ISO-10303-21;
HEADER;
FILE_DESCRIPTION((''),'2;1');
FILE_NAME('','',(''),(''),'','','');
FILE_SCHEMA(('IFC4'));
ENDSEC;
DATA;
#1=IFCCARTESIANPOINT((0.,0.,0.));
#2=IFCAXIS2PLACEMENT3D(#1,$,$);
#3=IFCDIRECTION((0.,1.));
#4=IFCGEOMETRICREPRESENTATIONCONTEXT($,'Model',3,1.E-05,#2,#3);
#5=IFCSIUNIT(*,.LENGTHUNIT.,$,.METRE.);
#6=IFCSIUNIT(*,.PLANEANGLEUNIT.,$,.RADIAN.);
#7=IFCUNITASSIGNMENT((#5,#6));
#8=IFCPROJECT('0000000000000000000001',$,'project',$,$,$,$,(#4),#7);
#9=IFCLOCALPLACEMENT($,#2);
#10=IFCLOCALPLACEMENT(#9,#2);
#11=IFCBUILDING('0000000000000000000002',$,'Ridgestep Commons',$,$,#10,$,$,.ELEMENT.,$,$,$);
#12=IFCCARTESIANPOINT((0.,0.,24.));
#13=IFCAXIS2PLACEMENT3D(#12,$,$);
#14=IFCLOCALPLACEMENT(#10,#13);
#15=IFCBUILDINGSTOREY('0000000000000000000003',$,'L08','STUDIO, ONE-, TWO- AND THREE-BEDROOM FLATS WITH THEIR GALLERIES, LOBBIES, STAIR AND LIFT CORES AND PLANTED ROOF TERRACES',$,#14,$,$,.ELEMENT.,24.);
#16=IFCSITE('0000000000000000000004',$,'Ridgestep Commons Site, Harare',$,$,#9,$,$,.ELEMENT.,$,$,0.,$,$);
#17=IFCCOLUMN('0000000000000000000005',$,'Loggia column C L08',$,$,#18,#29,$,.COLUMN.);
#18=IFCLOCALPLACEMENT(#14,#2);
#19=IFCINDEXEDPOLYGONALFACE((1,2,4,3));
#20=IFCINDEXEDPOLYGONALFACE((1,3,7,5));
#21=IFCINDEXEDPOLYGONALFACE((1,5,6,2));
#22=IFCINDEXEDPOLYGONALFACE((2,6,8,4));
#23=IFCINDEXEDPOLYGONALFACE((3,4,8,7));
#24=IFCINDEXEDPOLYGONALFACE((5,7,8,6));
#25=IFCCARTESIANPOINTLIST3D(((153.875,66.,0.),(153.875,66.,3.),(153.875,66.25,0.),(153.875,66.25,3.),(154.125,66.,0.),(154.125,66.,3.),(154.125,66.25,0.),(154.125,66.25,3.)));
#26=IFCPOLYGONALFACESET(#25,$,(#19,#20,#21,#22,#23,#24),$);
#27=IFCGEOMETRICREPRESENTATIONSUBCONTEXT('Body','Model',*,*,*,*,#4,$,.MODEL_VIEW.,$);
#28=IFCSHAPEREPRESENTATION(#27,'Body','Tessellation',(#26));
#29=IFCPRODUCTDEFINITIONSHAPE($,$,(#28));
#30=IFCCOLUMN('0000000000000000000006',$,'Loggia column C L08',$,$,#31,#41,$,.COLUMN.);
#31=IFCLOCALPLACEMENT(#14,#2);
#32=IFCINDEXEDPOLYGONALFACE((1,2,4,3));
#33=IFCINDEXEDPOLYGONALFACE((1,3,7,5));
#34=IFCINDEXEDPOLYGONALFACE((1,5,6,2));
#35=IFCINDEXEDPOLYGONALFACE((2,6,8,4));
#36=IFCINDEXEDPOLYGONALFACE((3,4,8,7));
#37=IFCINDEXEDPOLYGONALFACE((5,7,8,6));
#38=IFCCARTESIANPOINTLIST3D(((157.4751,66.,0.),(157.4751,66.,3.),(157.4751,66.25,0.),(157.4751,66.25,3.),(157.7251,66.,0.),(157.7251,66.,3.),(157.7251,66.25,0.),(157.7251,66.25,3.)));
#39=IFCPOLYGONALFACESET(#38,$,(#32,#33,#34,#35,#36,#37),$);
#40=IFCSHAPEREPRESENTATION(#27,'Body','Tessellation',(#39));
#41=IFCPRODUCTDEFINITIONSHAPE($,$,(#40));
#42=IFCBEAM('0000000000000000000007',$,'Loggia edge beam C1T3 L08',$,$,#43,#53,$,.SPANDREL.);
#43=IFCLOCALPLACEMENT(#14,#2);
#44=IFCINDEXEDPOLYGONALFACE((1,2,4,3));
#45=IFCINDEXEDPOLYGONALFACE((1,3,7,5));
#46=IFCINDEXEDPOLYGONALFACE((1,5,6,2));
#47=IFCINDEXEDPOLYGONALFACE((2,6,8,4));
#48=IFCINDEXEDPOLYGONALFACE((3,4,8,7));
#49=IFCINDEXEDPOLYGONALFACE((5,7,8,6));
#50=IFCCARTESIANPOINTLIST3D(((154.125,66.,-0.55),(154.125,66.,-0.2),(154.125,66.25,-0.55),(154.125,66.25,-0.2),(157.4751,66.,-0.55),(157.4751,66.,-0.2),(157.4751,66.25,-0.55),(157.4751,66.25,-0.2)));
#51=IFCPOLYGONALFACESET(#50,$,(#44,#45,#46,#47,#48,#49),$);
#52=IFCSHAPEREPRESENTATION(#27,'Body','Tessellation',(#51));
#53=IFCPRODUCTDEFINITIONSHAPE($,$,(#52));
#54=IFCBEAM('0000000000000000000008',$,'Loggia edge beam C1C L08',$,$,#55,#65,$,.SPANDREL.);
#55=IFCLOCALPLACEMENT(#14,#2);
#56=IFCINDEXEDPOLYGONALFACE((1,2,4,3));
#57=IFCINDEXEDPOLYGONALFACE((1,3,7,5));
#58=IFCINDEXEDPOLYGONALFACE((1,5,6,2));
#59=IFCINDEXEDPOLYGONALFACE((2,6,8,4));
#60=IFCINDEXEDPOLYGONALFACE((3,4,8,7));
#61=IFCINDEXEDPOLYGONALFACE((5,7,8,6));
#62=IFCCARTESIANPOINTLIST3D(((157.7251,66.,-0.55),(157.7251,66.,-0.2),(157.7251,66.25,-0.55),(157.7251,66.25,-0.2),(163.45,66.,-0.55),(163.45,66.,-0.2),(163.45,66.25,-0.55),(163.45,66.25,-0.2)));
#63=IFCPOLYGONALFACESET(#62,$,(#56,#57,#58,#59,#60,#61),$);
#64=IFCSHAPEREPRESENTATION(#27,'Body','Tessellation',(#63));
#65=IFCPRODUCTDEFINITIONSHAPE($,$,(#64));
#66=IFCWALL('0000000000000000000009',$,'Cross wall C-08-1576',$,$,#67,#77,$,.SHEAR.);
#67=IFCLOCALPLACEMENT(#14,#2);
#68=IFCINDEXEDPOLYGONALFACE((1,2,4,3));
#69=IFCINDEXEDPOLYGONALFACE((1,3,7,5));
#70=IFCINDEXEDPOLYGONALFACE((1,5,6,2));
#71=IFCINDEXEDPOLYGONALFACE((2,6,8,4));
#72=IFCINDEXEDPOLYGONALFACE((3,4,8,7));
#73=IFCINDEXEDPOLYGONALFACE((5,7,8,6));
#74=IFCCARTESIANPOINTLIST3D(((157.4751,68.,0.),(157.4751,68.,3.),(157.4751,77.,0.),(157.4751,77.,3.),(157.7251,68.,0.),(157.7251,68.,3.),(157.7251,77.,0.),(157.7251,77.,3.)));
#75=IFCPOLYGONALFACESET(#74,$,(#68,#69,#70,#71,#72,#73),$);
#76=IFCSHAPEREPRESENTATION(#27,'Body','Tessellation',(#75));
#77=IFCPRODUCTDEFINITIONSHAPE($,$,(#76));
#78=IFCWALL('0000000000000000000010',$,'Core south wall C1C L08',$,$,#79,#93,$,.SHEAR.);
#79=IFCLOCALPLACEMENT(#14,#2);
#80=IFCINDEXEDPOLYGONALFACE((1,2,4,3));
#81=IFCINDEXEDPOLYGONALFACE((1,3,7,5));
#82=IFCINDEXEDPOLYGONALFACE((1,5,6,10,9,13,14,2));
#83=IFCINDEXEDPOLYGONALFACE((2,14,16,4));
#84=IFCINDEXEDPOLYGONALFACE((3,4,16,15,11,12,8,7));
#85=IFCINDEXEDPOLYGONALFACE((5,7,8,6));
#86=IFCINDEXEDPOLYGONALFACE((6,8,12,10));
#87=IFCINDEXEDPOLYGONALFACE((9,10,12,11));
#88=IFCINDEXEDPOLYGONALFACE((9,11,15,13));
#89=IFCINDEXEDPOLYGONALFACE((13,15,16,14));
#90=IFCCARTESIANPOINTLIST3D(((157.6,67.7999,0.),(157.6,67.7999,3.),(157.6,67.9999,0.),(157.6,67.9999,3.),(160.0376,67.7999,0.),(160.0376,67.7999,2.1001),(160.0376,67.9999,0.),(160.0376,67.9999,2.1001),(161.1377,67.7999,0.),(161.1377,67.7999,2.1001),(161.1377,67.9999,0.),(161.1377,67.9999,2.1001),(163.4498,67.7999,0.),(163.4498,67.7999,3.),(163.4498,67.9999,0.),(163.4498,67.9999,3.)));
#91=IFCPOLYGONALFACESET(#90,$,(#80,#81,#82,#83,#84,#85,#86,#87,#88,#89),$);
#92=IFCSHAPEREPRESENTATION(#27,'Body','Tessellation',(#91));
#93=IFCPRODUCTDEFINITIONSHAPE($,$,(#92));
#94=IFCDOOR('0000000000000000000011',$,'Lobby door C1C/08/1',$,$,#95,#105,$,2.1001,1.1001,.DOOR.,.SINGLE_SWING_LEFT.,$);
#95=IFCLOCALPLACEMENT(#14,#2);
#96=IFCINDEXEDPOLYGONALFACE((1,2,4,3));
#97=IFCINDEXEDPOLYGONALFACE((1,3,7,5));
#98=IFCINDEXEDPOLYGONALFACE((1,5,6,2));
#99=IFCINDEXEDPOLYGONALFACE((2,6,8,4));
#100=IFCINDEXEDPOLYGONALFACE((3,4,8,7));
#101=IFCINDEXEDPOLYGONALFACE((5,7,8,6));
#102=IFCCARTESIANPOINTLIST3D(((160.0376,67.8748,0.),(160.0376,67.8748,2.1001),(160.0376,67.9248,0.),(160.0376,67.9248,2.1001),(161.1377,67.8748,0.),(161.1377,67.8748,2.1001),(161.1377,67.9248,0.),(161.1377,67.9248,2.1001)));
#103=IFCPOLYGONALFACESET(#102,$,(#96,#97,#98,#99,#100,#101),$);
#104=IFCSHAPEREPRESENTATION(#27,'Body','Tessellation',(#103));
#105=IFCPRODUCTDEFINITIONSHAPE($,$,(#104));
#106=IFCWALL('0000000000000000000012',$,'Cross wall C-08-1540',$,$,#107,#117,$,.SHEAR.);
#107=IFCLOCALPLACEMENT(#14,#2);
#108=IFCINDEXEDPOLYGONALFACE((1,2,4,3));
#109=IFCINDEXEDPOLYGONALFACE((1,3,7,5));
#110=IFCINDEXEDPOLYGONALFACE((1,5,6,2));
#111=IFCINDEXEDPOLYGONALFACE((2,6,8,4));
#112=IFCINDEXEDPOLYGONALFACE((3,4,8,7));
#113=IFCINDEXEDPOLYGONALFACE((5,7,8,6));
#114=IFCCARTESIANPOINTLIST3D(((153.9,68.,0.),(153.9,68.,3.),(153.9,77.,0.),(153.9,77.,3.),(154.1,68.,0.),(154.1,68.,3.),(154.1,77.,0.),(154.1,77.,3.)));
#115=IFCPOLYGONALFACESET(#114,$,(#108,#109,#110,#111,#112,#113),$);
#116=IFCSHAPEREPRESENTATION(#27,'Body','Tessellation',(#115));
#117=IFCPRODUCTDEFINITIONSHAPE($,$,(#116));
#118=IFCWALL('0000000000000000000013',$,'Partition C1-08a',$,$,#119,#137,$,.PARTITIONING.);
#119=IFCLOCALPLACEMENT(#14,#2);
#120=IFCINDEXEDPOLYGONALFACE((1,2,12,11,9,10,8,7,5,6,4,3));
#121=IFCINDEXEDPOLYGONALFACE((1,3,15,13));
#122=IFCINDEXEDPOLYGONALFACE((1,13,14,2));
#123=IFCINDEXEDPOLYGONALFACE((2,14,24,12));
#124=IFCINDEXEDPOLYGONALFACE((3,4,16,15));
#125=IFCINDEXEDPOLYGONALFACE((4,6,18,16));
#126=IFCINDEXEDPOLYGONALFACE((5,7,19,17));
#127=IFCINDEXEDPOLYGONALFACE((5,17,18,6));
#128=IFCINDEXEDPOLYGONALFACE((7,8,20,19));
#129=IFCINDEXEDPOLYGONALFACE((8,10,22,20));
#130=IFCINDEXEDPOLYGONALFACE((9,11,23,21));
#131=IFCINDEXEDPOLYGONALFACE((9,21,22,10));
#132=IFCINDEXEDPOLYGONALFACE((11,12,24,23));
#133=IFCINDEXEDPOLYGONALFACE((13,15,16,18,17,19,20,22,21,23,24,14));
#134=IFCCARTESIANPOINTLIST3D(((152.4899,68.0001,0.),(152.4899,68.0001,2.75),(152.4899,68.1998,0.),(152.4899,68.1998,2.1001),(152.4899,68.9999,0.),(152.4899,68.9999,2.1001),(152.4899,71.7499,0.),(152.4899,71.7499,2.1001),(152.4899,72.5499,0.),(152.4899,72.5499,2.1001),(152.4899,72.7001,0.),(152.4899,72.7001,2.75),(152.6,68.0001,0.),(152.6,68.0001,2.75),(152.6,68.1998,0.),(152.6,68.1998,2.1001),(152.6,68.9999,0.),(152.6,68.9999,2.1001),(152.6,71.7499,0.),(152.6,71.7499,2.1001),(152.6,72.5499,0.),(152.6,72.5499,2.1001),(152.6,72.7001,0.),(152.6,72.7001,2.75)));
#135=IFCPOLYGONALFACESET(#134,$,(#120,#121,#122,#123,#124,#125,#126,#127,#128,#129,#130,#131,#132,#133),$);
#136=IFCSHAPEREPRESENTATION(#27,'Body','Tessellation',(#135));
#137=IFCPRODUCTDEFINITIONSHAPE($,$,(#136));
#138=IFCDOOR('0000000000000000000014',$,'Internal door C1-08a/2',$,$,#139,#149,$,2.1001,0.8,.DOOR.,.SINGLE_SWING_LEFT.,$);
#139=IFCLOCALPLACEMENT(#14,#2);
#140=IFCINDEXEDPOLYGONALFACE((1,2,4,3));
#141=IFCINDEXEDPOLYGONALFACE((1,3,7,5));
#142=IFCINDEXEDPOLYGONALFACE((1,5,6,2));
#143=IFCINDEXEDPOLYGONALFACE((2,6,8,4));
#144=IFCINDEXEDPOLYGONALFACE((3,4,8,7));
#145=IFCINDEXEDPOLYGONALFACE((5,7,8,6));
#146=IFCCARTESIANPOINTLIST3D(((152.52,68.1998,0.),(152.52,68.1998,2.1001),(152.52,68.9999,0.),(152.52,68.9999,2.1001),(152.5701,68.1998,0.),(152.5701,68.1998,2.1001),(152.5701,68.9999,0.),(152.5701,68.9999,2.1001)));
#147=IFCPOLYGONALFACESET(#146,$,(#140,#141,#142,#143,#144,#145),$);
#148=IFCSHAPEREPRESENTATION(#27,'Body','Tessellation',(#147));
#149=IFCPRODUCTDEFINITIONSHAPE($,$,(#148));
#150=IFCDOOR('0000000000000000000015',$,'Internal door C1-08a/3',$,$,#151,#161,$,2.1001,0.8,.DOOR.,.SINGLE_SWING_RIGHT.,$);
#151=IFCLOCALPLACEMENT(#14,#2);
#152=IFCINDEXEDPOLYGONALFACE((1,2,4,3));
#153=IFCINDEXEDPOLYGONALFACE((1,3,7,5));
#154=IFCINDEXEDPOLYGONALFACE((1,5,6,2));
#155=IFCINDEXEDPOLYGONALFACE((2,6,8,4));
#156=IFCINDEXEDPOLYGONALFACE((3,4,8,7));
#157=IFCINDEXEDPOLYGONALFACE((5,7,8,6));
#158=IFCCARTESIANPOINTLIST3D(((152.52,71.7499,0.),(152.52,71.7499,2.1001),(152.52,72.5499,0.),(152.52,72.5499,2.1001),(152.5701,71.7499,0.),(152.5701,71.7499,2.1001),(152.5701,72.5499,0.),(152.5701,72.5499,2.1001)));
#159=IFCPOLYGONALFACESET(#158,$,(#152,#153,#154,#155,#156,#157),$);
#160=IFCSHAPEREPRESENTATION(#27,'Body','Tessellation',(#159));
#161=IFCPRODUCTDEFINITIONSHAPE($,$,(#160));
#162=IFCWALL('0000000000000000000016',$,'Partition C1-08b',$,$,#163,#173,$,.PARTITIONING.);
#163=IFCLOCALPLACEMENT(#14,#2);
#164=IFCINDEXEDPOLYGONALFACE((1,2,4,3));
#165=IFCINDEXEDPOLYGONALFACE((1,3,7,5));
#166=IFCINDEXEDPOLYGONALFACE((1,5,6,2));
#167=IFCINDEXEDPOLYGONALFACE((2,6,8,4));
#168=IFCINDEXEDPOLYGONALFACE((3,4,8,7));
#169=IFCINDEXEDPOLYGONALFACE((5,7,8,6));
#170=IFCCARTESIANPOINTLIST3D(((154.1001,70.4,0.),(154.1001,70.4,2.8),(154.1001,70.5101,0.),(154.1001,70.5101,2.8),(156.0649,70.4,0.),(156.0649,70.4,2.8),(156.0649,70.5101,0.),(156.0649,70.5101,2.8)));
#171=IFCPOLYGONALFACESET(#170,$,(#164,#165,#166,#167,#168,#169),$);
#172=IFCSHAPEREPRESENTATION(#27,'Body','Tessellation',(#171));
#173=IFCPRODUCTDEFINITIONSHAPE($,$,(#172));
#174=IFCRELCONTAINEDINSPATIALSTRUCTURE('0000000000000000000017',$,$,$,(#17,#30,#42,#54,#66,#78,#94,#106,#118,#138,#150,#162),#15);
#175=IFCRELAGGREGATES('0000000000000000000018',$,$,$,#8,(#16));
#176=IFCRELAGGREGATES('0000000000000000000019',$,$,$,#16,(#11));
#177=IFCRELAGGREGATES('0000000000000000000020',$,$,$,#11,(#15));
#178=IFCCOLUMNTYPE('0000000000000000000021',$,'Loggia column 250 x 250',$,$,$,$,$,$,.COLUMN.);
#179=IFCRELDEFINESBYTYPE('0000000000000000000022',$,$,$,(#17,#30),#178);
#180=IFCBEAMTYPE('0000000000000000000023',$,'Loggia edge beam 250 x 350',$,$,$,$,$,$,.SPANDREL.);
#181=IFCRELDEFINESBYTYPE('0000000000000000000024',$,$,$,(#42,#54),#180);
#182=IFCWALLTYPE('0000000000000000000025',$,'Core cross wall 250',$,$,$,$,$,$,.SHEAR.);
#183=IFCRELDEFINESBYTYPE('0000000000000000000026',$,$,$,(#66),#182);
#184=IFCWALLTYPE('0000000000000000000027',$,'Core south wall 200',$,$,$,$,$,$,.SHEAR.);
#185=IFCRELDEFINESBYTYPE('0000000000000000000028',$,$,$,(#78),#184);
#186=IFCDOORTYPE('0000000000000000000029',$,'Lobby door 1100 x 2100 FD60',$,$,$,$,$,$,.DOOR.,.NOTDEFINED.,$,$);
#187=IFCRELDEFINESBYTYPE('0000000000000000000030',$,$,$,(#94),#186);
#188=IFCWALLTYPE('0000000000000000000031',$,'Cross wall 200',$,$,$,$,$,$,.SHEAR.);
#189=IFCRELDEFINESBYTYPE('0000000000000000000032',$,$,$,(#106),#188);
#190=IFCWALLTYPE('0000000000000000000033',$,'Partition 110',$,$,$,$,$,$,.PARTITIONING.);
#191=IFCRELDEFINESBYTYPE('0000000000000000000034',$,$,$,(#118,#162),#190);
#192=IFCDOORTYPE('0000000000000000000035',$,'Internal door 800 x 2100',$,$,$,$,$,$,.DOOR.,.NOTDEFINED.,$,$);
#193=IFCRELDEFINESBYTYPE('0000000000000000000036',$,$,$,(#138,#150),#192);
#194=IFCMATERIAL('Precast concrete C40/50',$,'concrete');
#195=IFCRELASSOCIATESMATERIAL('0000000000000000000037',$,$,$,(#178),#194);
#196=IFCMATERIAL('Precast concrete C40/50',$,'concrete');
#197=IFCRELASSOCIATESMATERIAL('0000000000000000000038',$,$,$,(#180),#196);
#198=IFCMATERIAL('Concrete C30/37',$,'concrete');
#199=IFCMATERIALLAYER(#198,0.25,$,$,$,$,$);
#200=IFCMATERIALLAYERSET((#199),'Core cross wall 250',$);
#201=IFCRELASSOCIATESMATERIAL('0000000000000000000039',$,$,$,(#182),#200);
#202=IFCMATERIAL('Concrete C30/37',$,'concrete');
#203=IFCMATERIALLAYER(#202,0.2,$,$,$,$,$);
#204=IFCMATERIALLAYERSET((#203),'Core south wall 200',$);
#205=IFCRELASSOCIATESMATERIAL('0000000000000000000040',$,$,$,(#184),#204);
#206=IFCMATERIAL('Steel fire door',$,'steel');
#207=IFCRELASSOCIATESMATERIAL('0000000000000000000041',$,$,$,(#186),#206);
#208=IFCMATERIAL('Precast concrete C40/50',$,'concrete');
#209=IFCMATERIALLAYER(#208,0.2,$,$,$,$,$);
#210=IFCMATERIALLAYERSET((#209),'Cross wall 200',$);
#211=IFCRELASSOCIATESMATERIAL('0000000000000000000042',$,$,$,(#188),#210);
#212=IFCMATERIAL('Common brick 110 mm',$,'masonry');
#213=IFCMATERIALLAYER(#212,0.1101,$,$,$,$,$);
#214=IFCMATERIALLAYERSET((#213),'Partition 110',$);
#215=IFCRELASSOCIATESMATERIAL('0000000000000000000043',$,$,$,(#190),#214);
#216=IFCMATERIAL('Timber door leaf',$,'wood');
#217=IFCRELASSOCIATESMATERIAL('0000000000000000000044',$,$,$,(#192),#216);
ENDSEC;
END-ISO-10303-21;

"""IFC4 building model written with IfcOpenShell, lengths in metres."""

from ifc_helpers import new_model, si_unit, direction, frame, frame_2d, origin, origin_2d, place, context, subcontext, project, spatial, rectangle, extrude, material, layer, layer_set, material_profile, profile_set, type_object, element, fill, save


model = new_model("IFC4")

# Units and contexts
model_context = context("Model", 3, precision=1e-05, world=origin(), true_north=direction((0.0, 1.0)))
body_context = subcontext(model_context, "Body", "Model", "MODEL_VIEW")
ifc_project = project(units=[si_unit("LENGTHUNIT", "METRE"), si_unit("PLANEANGLEUNIT", "RADIAN")], contexts=[model_context])

# Site, building, storey
site_placement = place(None, origin())
site = spatial("IfcSite", under=ifc_project, at=site_placement, Name="Ridgestep Commons Site, Harare", CompositionType="ELEMENT", RefElevation=0.0)
building_placement = place(site_placement, origin())
building = spatial("IfcBuilding", under=site, at=building_placement, Name="Ridgestep Commons", CompositionType="ELEMENT")
storey_placement = place(building_placement, frame((0.0, 0.0, 24.0)))
storey = spatial("IfcBuildingStorey", under=building, at=storey_placement, Name="L08", Description="STUDIO, ONE-, TWO- AND THREE-BEDROOM FLATS WITH THEIR GALLERIES, LOBBIES, STAIR AND LIFT CORES AND PLANTED ROOF TERRACES", CompositionType="ELEMENT", Elevation=24.0)

# Columns
ifc_material_1 = material(Name="Precast concrete C40/50", Category="concrete")
ifc_material_profile_1 = material_profile(ifc_material_1, rectangle(XDim=0.25, YDim=0.25, at=origin_2d()), Name="PC 250x250")
ifc_profile_set_1 = profile_set([ifc_material_profile_1], Name="Precast concrete C40/50")
column_type = type_object("IfcColumnType", Name="Loggia column 250 x 250", PredefinedType="COLUMN", material=ifc_profile_set_1)
for number, where, z_axis, x_axis, name in (
    (1, (154.0, 66.125, 0.0), (0.0, 0.0, 1.0), (1.0, 0.0, 0.0), "Loggia column C L08"),
    (2, (157.6001, 66.125, 0.0), (0.0, 0.0, 1.0), (1.0, 0.0, 0.0), "Loggia column C L08"),
):
    element("IfcColumn", number, at=place(storey_placement, frame(where, z_axis=z_axis, x_axis=x_axis)), inside=storey, type_object=column_type, Name=name, PredefinedType="COLUMN", context=body_context, shape_type="SweptSolid", body=[
        extrude(rectangle(XDim=0.25, YDim=0.25, at=origin_2d()), origin(), (0.0, 0.0, 1.0), 3.0),
    ])

# Beams
ifc_material_2 = material(Name="Precast concrete C40/50", Category="concrete")
ifc_material_profile_2 = material_profile(ifc_material_2, rectangle(XDim=0.25, YDim=0.3501, at=origin_2d()), Name="PC 250x350")
ifc_profile_set_2 = profile_set([ifc_material_profile_2], Name="Precast concrete C40/50")
beam_type = type_object("IfcBeamType", Name="Loggia edge beam 250 x 350", PredefinedType="SPANDREL", material=ifc_profile_set_2)
beam_1_placement = place(storey_placement, frame((154.125, 66.125, -0.375), z_axis=(1.0, 0.0, 0.0), x_axis=(0.0, 1.0, 0.0)))
element("IfcBeam", 3, at=beam_1_placement, inside=storey, type_object=beam_type, Name="Loggia edge beam C1T3 L08", PredefinedType="SPANDREL", context=body_context, shape_type="SweptSolid", body=[
    extrude(rectangle(XDim=0.25, YDim=0.3501, at=origin_2d()), origin(), (0.0, 0.0, 1.0), 3.3501),
])
beam_2_placement = place(storey_placement, frame((157.7251, 66.125, -0.375), z_axis=(1.0, 0.0, 0.0), x_axis=(0.0, 1.0, 0.0)))
element("IfcBeam", 4, at=beam_2_placement, inside=storey, type_object=beam_type, Name="Loggia edge beam C1C L08", PredefinedType="SPANDREL", context=body_context, shape_type="SweptSolid", body=[
    extrude(rectangle(XDim=0.25, YDim=0.3501, at=origin_2d()), origin(), (0.0, 0.0, 1.0), 5.7249),
])

# Wall
ifc_material_3 = material(Name="Concrete C30/37", Category="concrete")
ifc_layer_1 = layer(ifc_material_3, 0.25)
ifc_layer_set_1 = layer_set([ifc_layer_1], Name="Core cross wall 250")
wall_type_1 = type_object("IfcWallType", Name="Core cross wall 250", PredefinedType="SHEAR", material=ifc_layer_set_1)
wall_1_placement = place(storey_placement, frame((157.6001, 68.0, 0.0), z_axis=(0.0, 0.0, 1.0), x_axis=(0.0, 1.0, 0.0)))
element("IfcWall", 5, at=wall_1_placement, inside=storey, type_object=wall_type_1, Name="Cross wall C-08-1576", PredefinedType="SHEAR", context=body_context, shape_type="SweptSolid", body=[
    extrude(rectangle(XDim=9.0, YDim=0.25, at=frame_2d((4.5, 0.0))), origin(), (0.0, 0.0, 1.0), 3.0),
])

# Wall, opening, door
ifc_material_4 = material(Name="Concrete C30/37", Category="concrete")
ifc_layer_2 = layer(ifc_material_4, 0.2)
ifc_layer_set_2 = layer_set([ifc_layer_2], Name="Core south wall 200")
wall_type_2 = type_object("IfcWallType", Name="Core south wall 200", PredefinedType="SHEAR", material=ifc_layer_set_2)
wall_2_placement = place(storey_placement, frame((157.6001, 67.8999, 0.0), z_axis=(0.0, 0.0, 1.0), x_axis=(1.0, 0.0, 0.0)))
wall_2 = element("IfcWall", 6, at=wall_2_placement, inside=storey, type_object=wall_type_2, Name="Core south wall C1C L08", PredefinedType="SHEAR", context=body_context, shape_type="SweptSolid", body=[
    extrude(rectangle(XDim=5.8499, YDim=0.2, at=frame_2d((2.9248, 0.0))), origin(), (0.0, 0.0, 1.0), 3.0),
])
opening_1_placement = place(wall_2_placement, frame((2.4375, 0.0, 0.0)))
opening_1 = element("IfcOpeningElement", 7, at=opening_1_placement, cuts=wall_2, PredefinedType="OPENING", context=body_context, shape_type="SweptSolid", body=[
    extrude(rectangle(XDim=1.1001, YDim=2.1001, at=frame_2d((0.55, 1.05))), frame((0.0, 0.1099, 0.0), z_axis=(0.0, -1.0, 0.0), x_axis=(1.0, 0.0, 0.0)), (0.0, 0.0, 1.0), 0.22),
])
ifc_material_5 = material(Name="Steel fire door", Category="steel")
door_type_1 = type_object("IfcDoorType", Name="Lobby door 1100 x 2100 FD60", OperationType="NOTDEFINED", PredefinedType="DOOR", material=ifc_material_5)
door_1_placement = place(opening_1_placement, origin())
door_1 = element("IfcDoor", 8, at=door_1_placement, inside=storey, type_object=door_type_1, Name="Lobby door C1C/08/1", OperationType="SINGLE_SWING_LEFT", OverallHeight=2.1001, OverallWidth=1.1001, PredefinedType="DOOR", context=body_context, shape_type="SweptSolid", body=[
    extrude(rectangle(XDim=1.1001, YDim=2.1001, at=frame_2d((0.55, 1.05))), frame((0.0, 0.0249, 0.0), z_axis=(0.0, -1.0, 0.0), x_axis=(1.0, 0.0, 0.0)), (0.0, 0.0, 1.0), 0.05),
])
fill(opening_1, door_1)

# Wall
ifc_material_6 = material(Name="Precast concrete C40/50", Category="concrete")
ifc_layer_3 = layer(ifc_material_6, 0.2)
ifc_layer_set_3 = layer_set([ifc_layer_3], Name="Cross wall 200")
wall_type_3 = type_object("IfcWallType", Name="Cross wall 200", PredefinedType="SHEAR", material=ifc_layer_set_3)
wall_3_placement = place(storey_placement, frame((154.0, 68.0, 0.0), z_axis=(0.0, 0.0, 1.0), x_axis=(0.0, 1.0, 0.0)))
element("IfcWall", 9, at=wall_3_placement, inside=storey, type_object=wall_type_3, Name="Cross wall C-08-1540", PredefinedType="SHEAR", context=body_context, shape_type="SweptSolid", body=[
    extrude(rectangle(XDim=9.0, YDim=0.2, at=frame_2d((4.5, 0.0))), origin(), (0.0, 0.0, 1.0), 3.0),
])

# Wall, openings, doors
ifc_material_7 = material(Name="Common brick 110 mm", Category="masonry")
ifc_layer_4 = layer(ifc_material_7, 0.1101)
ifc_layer_set_4 = layer_set([ifc_layer_4], Name="Partition 110")
wall_type_4 = type_object("IfcWallType", Name="Partition 110", PredefinedType="PARTITIONING", material=ifc_layer_set_4)
wall_4_placement = place(storey_placement, frame((152.5449, 68.0, 0.0), z_axis=(0.0, 0.0, 1.0), x_axis=(0.0, 1.0, 0.0)))
wall_4 = element("IfcWall", 10, at=wall_4_placement, inside=storey, type_object=wall_type_4, Name="Partition C1-08a", PredefinedType="PARTITIONING", context=body_context, shape_type="SweptSolid", body=[
    extrude(rectangle(XDim=4.7, YDim=0.1101, at=frame_2d((2.3501, 0.0))), origin(), (0.0, 0.0, 1.0), 2.75),
])
opening_2_placement = place(wall_4_placement, frame((0.2, 0.0, 0.0)))
opening_2 = element("IfcOpeningElement", 11, at=opening_2_placement, cuts=wall_4, PredefinedType="OPENING", context=body_context, shape_type="SweptSolid", body=[
    extrude(rectangle(XDim=0.8, YDim=2.1001, at=frame_2d((0.3999, 1.05))), frame((0.0, 0.0649, 0.0), z_axis=(0.0, -1.0, 0.0), x_axis=(1.0, 0.0, 0.0)), (0.0, 0.0, 1.0), 0.1301),
])
opening_3_placement = place(wall_4_placement, frame((3.75, 0.0, 0.0)))
opening_3 = element("IfcOpeningElement", 12, at=opening_3_placement, cuts=wall_4, PredefinedType="OPENING", context=body_context, shape_type="SweptSolid", body=[
    extrude(rectangle(XDim=0.8, YDim=2.1001, at=frame_2d((0.3999, 1.05))), frame((0.0, 0.0649, 0.0), z_axis=(0.0, -1.0, 0.0), x_axis=(1.0, 0.0, 0.0)), (0.0, 0.0, 1.0), 0.1301),
])
ifc_material_8 = material(Name="Timber door leaf", Category="wood")
door_type_2 = type_object("IfcDoorType", Name="Internal door 800 x 2100", OperationType="NOTDEFINED", PredefinedType="DOOR", material=ifc_material_8)
door_2_placement = place(opening_2_placement, origin())
door_2 = element("IfcDoor", 13, at=door_2_placement, inside=storey, type_object=door_type_2, Name="Internal door C1-08a/2", OperationType="SINGLE_SWING_LEFT", OverallHeight=2.1001, OverallWidth=0.8, PredefinedType="DOOR", context=body_context, shape_type="SweptSolid", body=[
    extrude(rectangle(XDim=0.8, YDim=2.1001, at=frame_2d((0.3999, 1.05))), frame((0.0, 0.0249, 0.0), z_axis=(0.0, -1.0, 0.0), x_axis=(1.0, 0.0, 0.0)), (0.0, 0.0, 1.0), 0.05),
])
fill(opening_2, door_2)
door_3_placement = place(opening_3_placement, origin())
door_3 = element("IfcDoor", 14, at=door_3_placement, inside=storey, type_object=door_type_2, Name="Internal door C1-08a/3", OperationType="SINGLE_SWING_RIGHT", OverallHeight=2.1001, OverallWidth=0.8, PredefinedType="DOOR", context=body_context, shape_type="SweptSolid", body=[
    extrude(rectangle(XDim=0.8, YDim=2.1001, at=frame_2d((0.3999, 1.05))), frame((0.0, 0.0249, 0.0), z_axis=(0.0, -1.0, 0.0), x_axis=(1.0, 0.0, 0.0)), (0.0, 0.0, 1.0), 0.05),
])
fill(opening_3, door_3)

# Wall
wall_5_placement = place(storey_placement, frame((154.1001, 70.4551, 0.0), z_axis=(0.0, 0.0, 1.0), x_axis=(1.0, 0.0, 0.0)))
element("IfcWall", 15, at=wall_5_placement, inside=storey, type_object=wall_type_4, Name="Partition C1-08b", PredefinedType="PARTITIONING", context=body_context, shape_type="SweptSolid", body=[
    extrude(rectangle(XDim=1.9648, YDim=0.1101, at=frame_2d((0.9824, 0.0))), origin(), (0.0, 0.0, 1.0), 2.8),
])

save(model, "model.ifc")
